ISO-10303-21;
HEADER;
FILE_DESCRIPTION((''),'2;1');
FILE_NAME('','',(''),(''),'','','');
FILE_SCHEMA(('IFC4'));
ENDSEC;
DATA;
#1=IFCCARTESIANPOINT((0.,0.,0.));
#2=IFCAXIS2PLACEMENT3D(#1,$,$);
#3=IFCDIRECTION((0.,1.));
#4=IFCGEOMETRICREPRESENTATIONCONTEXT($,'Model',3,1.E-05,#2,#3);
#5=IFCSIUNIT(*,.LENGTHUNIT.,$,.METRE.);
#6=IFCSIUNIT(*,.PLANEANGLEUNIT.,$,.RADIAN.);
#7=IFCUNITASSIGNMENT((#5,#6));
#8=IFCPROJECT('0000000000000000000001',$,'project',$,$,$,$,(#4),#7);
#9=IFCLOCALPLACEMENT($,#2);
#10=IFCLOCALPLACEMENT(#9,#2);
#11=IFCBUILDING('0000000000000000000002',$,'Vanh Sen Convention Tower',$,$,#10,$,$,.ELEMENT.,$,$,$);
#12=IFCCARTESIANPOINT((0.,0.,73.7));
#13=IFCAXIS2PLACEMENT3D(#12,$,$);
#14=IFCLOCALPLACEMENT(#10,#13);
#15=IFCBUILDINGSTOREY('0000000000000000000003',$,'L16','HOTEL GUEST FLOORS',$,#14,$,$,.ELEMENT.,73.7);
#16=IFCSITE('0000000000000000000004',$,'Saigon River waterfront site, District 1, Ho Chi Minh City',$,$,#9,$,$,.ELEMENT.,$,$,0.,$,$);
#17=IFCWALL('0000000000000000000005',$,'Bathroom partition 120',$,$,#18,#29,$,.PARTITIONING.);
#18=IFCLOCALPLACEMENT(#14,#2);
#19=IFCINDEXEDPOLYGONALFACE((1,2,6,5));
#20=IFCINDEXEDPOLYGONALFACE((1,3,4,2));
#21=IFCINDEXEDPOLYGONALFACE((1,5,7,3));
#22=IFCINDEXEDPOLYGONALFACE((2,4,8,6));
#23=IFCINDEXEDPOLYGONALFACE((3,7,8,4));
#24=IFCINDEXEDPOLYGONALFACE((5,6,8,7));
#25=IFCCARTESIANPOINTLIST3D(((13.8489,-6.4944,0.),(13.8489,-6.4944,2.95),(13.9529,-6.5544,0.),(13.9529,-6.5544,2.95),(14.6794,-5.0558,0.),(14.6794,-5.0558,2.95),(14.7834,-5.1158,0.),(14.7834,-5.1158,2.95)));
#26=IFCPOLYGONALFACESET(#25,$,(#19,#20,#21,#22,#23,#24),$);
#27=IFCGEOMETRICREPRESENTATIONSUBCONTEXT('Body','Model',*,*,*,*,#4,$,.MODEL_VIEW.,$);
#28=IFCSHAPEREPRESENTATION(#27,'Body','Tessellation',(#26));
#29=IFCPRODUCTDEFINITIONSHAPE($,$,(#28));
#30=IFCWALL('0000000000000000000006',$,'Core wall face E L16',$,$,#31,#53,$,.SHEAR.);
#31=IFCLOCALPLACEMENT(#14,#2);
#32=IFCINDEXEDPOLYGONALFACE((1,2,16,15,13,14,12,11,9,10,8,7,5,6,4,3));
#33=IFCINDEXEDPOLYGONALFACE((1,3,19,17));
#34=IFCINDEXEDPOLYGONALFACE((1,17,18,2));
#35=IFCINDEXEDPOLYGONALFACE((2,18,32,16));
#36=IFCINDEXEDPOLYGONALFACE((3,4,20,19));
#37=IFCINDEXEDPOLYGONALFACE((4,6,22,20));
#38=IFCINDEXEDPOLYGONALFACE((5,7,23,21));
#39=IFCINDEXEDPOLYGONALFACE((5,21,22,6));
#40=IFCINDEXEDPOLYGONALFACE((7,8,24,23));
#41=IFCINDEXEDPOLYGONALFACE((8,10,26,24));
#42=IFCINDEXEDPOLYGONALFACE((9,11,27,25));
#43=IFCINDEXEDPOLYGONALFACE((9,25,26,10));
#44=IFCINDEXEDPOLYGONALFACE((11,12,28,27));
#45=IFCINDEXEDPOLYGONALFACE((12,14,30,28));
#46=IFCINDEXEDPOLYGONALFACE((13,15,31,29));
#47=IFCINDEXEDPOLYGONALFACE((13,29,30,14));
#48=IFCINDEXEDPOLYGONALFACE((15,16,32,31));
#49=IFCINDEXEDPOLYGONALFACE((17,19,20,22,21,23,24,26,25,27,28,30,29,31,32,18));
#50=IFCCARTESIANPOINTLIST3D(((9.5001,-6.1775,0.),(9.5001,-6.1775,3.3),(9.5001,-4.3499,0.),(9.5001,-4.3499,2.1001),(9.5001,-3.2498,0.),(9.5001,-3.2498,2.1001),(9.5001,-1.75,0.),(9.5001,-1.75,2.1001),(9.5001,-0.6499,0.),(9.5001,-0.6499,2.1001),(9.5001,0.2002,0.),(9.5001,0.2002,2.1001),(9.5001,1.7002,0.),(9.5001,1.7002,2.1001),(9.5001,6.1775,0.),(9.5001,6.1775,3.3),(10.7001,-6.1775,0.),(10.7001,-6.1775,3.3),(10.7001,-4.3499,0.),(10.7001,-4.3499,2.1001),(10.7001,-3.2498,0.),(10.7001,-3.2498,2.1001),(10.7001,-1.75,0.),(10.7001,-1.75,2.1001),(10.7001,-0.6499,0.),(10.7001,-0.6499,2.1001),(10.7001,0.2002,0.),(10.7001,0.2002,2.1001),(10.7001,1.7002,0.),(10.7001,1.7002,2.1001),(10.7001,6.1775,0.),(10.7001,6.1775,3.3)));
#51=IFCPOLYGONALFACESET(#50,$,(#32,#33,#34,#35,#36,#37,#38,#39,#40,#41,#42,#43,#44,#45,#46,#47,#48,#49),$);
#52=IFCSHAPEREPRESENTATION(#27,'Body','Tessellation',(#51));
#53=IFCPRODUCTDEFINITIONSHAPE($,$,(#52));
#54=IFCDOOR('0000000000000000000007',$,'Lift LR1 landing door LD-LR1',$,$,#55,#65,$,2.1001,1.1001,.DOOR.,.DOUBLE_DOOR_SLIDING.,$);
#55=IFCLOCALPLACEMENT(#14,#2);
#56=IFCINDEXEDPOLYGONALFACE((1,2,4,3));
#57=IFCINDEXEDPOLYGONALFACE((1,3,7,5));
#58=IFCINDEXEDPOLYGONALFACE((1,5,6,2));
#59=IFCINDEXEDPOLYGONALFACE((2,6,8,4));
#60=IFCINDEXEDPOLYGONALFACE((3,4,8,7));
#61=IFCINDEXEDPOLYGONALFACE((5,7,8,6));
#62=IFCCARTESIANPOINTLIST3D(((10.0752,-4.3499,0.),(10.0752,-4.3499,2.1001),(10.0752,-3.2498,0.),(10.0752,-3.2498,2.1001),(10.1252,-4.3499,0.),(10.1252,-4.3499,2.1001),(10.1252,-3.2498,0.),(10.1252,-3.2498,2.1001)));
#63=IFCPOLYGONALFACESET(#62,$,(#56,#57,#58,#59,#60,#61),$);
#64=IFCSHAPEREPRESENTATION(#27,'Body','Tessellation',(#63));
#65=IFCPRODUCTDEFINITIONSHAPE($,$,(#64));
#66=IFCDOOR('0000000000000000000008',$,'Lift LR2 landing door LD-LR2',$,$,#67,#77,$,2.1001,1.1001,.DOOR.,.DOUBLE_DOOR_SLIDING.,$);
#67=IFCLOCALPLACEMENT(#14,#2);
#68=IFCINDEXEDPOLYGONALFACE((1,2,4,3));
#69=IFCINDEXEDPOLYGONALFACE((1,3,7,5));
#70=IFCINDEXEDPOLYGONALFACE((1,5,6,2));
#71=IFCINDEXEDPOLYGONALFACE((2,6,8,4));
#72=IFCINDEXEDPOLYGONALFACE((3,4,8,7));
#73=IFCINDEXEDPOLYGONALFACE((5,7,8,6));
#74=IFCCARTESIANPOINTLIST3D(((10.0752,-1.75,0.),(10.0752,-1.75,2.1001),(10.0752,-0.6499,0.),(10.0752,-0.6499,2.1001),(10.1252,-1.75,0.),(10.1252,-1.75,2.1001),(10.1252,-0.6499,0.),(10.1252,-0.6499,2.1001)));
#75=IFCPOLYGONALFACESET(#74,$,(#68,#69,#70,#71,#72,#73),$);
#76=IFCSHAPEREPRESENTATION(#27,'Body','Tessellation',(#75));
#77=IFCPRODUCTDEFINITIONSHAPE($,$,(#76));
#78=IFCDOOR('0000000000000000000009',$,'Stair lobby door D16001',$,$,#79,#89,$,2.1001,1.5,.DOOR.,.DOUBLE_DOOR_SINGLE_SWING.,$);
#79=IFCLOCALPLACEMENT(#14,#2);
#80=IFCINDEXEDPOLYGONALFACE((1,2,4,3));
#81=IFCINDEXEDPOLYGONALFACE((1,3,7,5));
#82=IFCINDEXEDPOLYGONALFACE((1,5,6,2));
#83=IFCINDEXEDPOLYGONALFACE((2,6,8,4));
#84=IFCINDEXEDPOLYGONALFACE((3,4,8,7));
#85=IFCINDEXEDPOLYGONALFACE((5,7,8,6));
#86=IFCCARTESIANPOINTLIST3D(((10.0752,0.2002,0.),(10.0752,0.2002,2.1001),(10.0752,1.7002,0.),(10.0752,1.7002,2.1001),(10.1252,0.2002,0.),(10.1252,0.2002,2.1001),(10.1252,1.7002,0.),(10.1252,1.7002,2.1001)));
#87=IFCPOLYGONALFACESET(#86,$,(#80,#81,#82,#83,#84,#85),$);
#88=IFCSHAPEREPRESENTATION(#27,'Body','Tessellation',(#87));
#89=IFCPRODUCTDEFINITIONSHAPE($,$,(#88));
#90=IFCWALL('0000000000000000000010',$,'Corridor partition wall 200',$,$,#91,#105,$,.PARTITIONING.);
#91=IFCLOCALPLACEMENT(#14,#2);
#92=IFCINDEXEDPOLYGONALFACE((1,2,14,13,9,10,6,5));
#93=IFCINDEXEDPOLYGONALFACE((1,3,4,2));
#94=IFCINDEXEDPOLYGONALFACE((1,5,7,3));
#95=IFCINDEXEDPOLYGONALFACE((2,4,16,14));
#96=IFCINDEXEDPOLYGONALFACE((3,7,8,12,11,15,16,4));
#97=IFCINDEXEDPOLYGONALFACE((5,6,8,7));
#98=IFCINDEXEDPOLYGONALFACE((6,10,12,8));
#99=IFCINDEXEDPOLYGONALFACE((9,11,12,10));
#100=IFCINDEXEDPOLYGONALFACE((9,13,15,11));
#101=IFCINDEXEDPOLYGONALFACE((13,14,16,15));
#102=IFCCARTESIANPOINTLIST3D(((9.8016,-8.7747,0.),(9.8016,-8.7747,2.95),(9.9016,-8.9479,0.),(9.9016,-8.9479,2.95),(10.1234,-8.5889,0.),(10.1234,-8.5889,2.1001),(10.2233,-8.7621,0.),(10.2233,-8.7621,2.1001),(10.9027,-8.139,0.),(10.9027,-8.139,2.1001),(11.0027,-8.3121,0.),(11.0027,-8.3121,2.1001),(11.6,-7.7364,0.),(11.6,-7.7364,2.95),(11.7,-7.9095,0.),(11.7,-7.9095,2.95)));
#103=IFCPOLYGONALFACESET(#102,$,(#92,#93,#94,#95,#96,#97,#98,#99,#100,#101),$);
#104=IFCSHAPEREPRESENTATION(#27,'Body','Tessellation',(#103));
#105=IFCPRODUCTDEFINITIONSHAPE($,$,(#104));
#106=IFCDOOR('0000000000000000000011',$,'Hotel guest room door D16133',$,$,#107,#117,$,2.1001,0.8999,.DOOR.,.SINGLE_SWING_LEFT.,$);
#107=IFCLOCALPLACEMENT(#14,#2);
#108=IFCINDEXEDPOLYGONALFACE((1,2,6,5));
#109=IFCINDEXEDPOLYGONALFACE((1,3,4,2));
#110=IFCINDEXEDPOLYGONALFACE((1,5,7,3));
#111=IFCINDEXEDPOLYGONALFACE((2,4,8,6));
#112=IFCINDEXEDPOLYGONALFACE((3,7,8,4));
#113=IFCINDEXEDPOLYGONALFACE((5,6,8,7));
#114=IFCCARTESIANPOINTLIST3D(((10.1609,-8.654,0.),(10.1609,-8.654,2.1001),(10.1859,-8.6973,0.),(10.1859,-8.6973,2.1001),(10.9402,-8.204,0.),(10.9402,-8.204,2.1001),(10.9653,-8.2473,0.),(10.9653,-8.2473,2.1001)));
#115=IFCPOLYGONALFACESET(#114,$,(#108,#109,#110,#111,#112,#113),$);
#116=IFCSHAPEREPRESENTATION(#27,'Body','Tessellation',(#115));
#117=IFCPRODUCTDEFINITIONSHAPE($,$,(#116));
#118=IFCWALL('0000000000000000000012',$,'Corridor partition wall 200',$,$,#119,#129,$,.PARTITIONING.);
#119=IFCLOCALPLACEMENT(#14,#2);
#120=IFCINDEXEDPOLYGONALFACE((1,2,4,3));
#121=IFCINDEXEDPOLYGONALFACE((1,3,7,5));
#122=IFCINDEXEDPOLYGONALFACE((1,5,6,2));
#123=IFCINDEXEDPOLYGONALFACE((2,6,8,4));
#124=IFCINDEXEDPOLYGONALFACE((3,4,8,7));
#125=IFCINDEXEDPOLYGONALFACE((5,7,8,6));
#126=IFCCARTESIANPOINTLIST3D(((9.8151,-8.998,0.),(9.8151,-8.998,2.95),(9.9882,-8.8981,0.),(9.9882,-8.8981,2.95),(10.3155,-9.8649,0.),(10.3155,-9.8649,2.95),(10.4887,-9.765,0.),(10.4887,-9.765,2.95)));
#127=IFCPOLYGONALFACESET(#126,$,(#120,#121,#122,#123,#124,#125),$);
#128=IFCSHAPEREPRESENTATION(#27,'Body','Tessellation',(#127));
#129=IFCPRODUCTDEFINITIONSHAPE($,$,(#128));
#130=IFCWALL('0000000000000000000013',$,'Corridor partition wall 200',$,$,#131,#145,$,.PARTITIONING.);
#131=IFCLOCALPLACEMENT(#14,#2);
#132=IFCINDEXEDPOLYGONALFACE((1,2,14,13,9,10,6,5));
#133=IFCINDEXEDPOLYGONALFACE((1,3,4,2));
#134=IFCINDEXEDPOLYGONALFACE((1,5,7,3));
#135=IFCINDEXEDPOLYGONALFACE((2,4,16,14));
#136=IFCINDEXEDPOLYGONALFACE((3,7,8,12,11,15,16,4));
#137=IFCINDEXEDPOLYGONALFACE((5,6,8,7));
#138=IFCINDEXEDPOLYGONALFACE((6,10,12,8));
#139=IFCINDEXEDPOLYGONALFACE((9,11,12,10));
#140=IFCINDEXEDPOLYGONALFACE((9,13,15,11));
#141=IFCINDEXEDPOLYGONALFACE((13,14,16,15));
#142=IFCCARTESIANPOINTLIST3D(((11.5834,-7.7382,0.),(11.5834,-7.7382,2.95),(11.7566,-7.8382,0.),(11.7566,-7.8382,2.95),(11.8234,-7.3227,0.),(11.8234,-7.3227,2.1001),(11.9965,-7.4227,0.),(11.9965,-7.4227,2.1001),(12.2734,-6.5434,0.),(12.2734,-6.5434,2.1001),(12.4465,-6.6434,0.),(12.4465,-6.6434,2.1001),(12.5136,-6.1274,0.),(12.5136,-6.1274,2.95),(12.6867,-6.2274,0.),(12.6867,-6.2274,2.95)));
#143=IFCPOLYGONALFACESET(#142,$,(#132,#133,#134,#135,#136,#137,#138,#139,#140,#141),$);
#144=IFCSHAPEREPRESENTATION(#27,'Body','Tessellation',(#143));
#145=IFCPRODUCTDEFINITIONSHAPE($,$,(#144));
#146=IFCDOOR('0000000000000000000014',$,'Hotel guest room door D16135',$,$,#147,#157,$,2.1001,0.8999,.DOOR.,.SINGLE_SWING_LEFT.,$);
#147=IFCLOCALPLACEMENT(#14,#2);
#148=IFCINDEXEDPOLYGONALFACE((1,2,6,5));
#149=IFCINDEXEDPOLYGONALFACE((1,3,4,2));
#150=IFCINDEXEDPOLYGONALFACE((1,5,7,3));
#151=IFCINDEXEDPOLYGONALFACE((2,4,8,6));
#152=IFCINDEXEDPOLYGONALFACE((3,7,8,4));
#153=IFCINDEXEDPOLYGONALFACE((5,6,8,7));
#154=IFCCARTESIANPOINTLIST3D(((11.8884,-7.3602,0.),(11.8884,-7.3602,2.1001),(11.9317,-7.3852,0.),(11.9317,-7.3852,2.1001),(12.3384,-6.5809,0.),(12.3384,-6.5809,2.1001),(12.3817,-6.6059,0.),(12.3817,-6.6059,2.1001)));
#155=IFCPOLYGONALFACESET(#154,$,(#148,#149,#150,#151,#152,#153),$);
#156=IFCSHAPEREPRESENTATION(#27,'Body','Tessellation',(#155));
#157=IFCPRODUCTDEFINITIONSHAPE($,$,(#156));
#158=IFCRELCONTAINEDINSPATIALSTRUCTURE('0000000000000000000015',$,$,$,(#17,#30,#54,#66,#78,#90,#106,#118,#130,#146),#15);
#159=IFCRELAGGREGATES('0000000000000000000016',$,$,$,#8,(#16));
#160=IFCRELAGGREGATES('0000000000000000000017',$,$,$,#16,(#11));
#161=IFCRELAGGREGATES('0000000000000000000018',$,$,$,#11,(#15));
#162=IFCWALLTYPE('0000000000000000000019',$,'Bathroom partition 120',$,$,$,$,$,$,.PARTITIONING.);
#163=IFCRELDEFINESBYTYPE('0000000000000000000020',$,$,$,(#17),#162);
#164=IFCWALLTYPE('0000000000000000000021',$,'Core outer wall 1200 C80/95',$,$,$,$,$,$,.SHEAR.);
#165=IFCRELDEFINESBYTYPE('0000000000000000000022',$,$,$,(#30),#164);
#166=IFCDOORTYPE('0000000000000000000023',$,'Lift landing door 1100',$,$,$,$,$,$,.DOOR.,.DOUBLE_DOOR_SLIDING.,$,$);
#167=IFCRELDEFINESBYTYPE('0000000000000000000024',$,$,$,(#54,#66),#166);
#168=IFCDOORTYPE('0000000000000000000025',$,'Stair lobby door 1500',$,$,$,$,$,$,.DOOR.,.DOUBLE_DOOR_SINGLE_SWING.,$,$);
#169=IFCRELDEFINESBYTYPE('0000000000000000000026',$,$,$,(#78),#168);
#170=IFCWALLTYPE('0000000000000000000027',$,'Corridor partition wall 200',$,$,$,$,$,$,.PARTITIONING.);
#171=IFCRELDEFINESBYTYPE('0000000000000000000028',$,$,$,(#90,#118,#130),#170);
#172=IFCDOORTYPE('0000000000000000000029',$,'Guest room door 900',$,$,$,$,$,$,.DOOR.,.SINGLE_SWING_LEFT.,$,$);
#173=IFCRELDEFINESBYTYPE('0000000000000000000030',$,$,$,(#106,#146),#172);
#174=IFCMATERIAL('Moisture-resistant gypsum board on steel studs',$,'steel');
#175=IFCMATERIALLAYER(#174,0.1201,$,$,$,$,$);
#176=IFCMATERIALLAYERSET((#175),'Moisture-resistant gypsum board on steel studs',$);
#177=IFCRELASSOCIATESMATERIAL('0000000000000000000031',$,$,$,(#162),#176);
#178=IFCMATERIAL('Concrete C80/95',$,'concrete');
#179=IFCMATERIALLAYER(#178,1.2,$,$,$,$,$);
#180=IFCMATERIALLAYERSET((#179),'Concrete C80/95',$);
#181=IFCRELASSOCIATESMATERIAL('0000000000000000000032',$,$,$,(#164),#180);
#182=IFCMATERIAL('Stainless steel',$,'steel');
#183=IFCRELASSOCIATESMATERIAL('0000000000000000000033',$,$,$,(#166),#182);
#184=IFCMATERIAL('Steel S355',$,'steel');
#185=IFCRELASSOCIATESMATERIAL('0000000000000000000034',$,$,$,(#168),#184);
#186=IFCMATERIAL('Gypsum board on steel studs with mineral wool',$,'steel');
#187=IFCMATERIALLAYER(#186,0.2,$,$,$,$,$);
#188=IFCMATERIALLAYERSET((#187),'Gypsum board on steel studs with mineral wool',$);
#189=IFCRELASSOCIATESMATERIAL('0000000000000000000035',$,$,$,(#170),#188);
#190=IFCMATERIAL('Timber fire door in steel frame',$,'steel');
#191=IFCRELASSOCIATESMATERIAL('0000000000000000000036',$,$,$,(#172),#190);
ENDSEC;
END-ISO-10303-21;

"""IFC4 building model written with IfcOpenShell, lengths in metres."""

from ifc_helpers import new_model, si_unit, direction, frame, frame_2d, origin, place, context, subcontext, project, spatial, rectangle, extrude, material, layer, layer_set, type_object, element, fill, save


model = new_model("IFC4")

# Units and contexts
model_context = context("Model", 3, precision=1e-05, world=origin(), true_north=direction((0.0, 1.0)))
body_context = subcontext(model_context, "Body", "Model", "MODEL_VIEW")
ifc_project = project(units=[si_unit("LENGTHUNIT", "METRE"), si_unit("PLANEANGLEUNIT", "RADIAN")], contexts=[model_context])

# Site, building, storey
site_placement = place(None, origin())
site = spatial("IfcSite", under=ifc_project, at=site_placement, Name="Saigon River waterfront site, District 1, Ho Chi Minh City", CompositionType="ELEMENT", RefElevation=0.0)
building_placement = place(site_placement, origin())
building = spatial("IfcBuilding", under=site, at=building_placement, Name="Vanh Sen Convention Tower", CompositionType="ELEMENT")
storey_placement = place(building_placement, frame((0.0, 0.0, 73.7)))
storey = spatial("IfcBuildingStorey", under=building, at=storey_placement, Name="L16", Description="HOTEL GUEST FLOORS", CompositionType="ELEMENT", Elevation=73.7)

# Wall
ifc_material_1 = material(Name="Moisture-resistant gypsum board on steel studs", Category="steel")
ifc_layer_1 = layer(ifc_material_1, 0.1201)
ifc_layer_set_1 = layer_set([ifc_layer_1], Name="Moisture-resistant gypsum board on steel studs")
wall_type_1 = type_object("IfcWallType", Name="Bathroom partition 120", PredefinedType="PARTITIONING", material=ifc_layer_set_1)
wall_1_placement = place(storey_placement, frame((13.9009, -6.5244, 0.0), z_axis=(0.0, 0.0, 1.0), x_axis=(0.499964, 0.866046, 0.0)))
element("IfcWall", 1, at=wall_1_placement, inside=storey, type_object=wall_type_1, Name="Bathroom partition 120", PredefinedType="PARTITIONING", context=body_context, shape_type="SweptSolid", body=[
    extrude(rectangle(XDim=1.6611, YDim=0.1201, at=frame_2d((0.8306, 0.0))), origin(), (0.0, 0.0, 1.0), 2.95),
])

# Wall, openings, doors
ifc_material_2 = material(Name="Concrete C80/95", Category="concrete")
ifc_layer_2 = layer(ifc_material_2, 1.2)
ifc_layer_set_2 = layer_set([ifc_layer_2], Name="Concrete C80/95")
wall_type_2 = type_object("IfcWallType", Name="Core outer wall 1200 C80/95", PredefinedType="SHEAR", material=ifc_layer_set_2)
wall_2_placement = place(storey_placement, frame((10.1001, -6.1775, 0.0), z_axis=(0.0, 0.0, 1.0), x_axis=(0.0, 1.0, 0.0)))
wall_2 = element("IfcWall", 2, at=wall_2_placement, inside=storey, type_object=wall_type_2, Name="Core wall face E L16", PredefinedType="SHEAR", context=body_context, shape_type="SweptSolid", body=[
    extrude(rectangle(XDim=12.355, YDim=1.2, at=frame_2d((6.1775, 0.0))), origin(), (0.0, 0.0, 1.0), 3.3),
])
opening_1_placement = place(wall_2_placement, frame((6.3777, 0.0, 0.0)))
opening_1 = element("IfcOpeningElement", 3, at=opening_1_placement, cuts=wall_2, PredefinedType="OPENING", context=body_context, shape_type="SweptSolid", body=[
    extrude(rectangle(XDim=1.5, YDim=2.1001, at=frame_2d((0.75, 1.05))), frame((0.0, 0.6099, 0.0), z_axis=(0.0, -1.0, 0.0), x_axis=(1.0, 0.0, 0.0)), (0.0, 0.0, 1.0), 1.22),
])
opening_2_placement = place(wall_2_placement, frame((1.8276, 0.0, 0.0)))
opening_2 = element("IfcOpeningElement", 4, at=opening_2_placement, cuts=wall_2, PredefinedType="OPENING", context=body_context, shape_type="SweptSolid", body=[
    extrude(rectangle(XDim=1.1001, YDim=2.1001, at=frame_2d((0.55, 1.05))), frame((0.0, 0.6099, 0.0), z_axis=(0.0, -1.0, 0.0), x_axis=(1.0, 0.0, 0.0)), (0.0, 0.0, 1.0), 1.22),
])
opening_3_placement = place(wall_2_placement, frame((4.4275, 0.0, 0.0)))
opening_3 = element("IfcOpeningElement", 5, at=opening_3_placement, cuts=wall_2, PredefinedType="OPENING", context=body_context, shape_type="SweptSolid", body=[
    extrude(rectangle(XDim=1.1001, YDim=2.1001, at=frame_2d((0.55, 1.05))), frame((0.0, 0.6099, 0.0), z_axis=(0.0, -1.0, 0.0), x_axis=(1.0, 0.0, 0.0)), (0.0, 0.0, 1.0), 1.22),
])
ifc_material_3 = material(Name="Stainless steel", Category="steel")
door_type_1 = type_object("IfcDoorType", Name="Lift landing door 1100", OperationType="DOUBLE_DOOR_SLIDING", PredefinedType="DOOR", material=ifc_material_3)
door_1_placement = place(opening_2_placement, origin())
door_1 = element("IfcDoor", 6, at=door_1_placement, inside=storey, type_object=door_type_1, Name="Lift LR1 landing door LD-LR1", OperationType="DOUBLE_DOOR_SLIDING", OverallHeight=2.1001, OverallWidth=1.1001, PredefinedType="DOOR", context=body_context, shape_type="SweptSolid", body=[
    extrude(rectangle(XDim=1.1001, YDim=2.1001, at=frame_2d((0.55, 1.05))), frame((0.0, 0.0249, 0.0), z_axis=(0.0, -1.0, 0.0), x_axis=(1.0, 0.0, 0.0)), (0.0, 0.0, 1.0), 0.05),
])
fill(opening_2, door_1)
door_2_placement = place(opening_3_placement, origin())
door_2 = element("IfcDoor", 7, at=door_2_placement, inside=storey, type_object=door_type_1, Name="Lift LR2 landing door LD-LR2", OperationType="DOUBLE_DOOR_SLIDING", OverallHeight=2.1001, OverallWidth=1.1001, PredefinedType="DOOR", context=body_context, shape_type="SweptSolid", body=[
    extrude(rectangle(XDim=1.1001, YDim=2.1001, at=frame_2d((0.55, 1.05))), frame((0.0, 0.0249, 0.0), z_axis=(0.0, -1.0, 0.0), x_axis=(1.0, 0.0, 0.0)), (0.0, 0.0, 1.0), 0.05),
])
fill(opening_3, door_2)
ifc_material_4 = material(Name="Steel S355", Category="steel")
door_type_2 = type_object("IfcDoorType", Name="Stair lobby door 1500", OperationType="DOUBLE_DOOR_SINGLE_SWING", PredefinedType="DOOR", material=ifc_material_4)
door_3_placement = place(opening_1_placement, origin())
door_3 = element("IfcDoor", 8, at=door_3_placement, inside=storey, type_object=door_type_2, Name="Stair lobby door D16001", OperationType="DOUBLE_DOOR_SINGLE_SWING", OverallHeight=2.1001, OverallWidth=1.5, PredefinedType="DOOR", context=body_context, shape_type="SweptSolid", body=[
    extrude(rectangle(XDim=1.5, YDim=2.1001, at=frame_2d((0.75, 1.05))), frame((0.0, 0.0249, 0.0), z_axis=(0.0, -1.0, 0.0), x_axis=(1.0, 0.0, 0.0)), (0.0, 0.0, 1.0), 0.05),
])
fill(opening_1, door_3)

# Wall, opening, door
ifc_material_5 = material(Name="Gypsum board on steel studs with mineral wool", Category="steel")
ifc_layer_3 = layer(ifc_material_5, 0.2)
ifc_layer_set_3 = layer_set([ifc_layer_3], Name="Gypsum board on steel studs with mineral wool")
wall_type_3 = type_object("IfcWallType", Name="Corridor partition wall 200", PredefinedType="PARTITIONING", material=ifc_layer_set_3)
wall_3_placement = place(storey_placement, frame((9.8516, -8.8613, 0.0), z_axis=(0.0, 0.0, 1.0), x_axis=(0.866013, 0.500021, 0.0)))
wall_3 = element("IfcWall", 9, at=wall_3_placement, inside=storey, type_object=wall_type_3, Name="Corridor partition wall 200", PredefinedType="PARTITIONING", context=body_context, shape_type="SweptSolid", body=[
    extrude(rectangle(XDim=2.0767, YDim=0.2, at=frame_2d((1.0383, 0.0))), origin(), (0.0, 0.0, 1.0), 2.95),
])
opening_4_placement = place(wall_3_placement, frame((0.3716, 0.0, 0.0)))
opening_4 = element("IfcOpeningElement", 10, at=opening_4_placement, cuts=wall_3, PredefinedType="OPENING", context=body_context, shape_type="SweptSolid", body=[
    extrude(rectangle(XDim=0.8999, YDim=2.1001, at=frame_2d((0.45, 1.05))), frame((0.0, 0.1099, 0.0), z_axis=(0.0, -1.0, 0.0), x_axis=(1.0, 0.0, 0.0)), (0.0, 0.0, 1.0), 0.22),
])
ifc_material_6 = material(Name="Timber fire door in steel frame", Category="steel")
door_type_3 = type_object("IfcDoorType", Name="Guest room door 900", OperationType="SINGLE_SWING_LEFT", PredefinedType="DOOR", material=ifc_material_6)
door_4_placement = place(opening_4_placement, origin())
door_4 = element("IfcDoor", 11, at=door_4_placement, inside=storey, type_object=door_type_3, Name="Hotel guest room door D16133", OperationType="SINGLE_SWING_LEFT", OverallHeight=2.1001, OverallWidth=0.8999, PredefinedType="DOOR", context=body_context, shape_type="SweptSolid", body=[
    extrude(rectangle(XDim=0.8999, YDim=2.1001, at=frame_2d((0.45, 1.05))), frame((0.0, 0.0249, 0.0), z_axis=(0.0, -1.0, 0.0), x_axis=(1.0, 0.0, 0.0)), (0.0, 0.0, 1.0), 0.05),
])
fill(opening_4, door_4)

# Wall
wall_4_placement = place(storey_placement, frame((10.4021, -9.8149, 0.0), z_axis=(0.0, 0.0, 1.0), x_axis=(-0.499969, 0.866043, 0.0)))
element("IfcWall", 12, at=wall_4_placement, inside=storey, type_object=wall_type_3, Name="Corridor partition wall 200", PredefinedType="PARTITIONING", context=body_context, shape_type="SweptSolid", body=[
    extrude(rectangle(XDim=1.001, YDim=0.2, at=frame_2d((0.5005, 0.0))), origin(), (0.0, 0.0, 1.0), 2.95),
])

# Wall, opening, door
wall_5_placement = place(storey_placement, frame((11.6699, -7.7883, 0.0), z_axis=(0.0, 0.0, 1.0), x_axis=(0.500063, 0.865989, 0.0)))
wall_5 = element("IfcWall", 13, at=wall_5_placement, inside=storey, type_object=wall_type_3, Name="Corridor partition wall 200", PredefinedType="PARTITIONING", context=body_context, shape_type="SweptSolid", body=[
    extrude(rectangle(XDim=1.8601, YDim=0.2, at=frame_2d((0.9302, 0.0))), origin(), (0.0, 0.0, 1.0), 2.95),
])
opening_5_placement = place(wall_5_placement, frame((0.48, 0.0, 0.0)))
opening_5 = element("IfcOpeningElement", 14, at=opening_5_placement, cuts=wall_5, PredefinedType="OPENING", context=body_context, shape_type="SweptSolid", body=[
    extrude(rectangle(XDim=0.8999, YDim=2.1001, at=frame_2d((0.45, 1.05))), frame((0.0, 0.1099, 0.0), z_axis=(0.0, -1.0, 0.0), x_axis=(1.0, 0.0, 0.0)), (0.0, 0.0, 1.0), 0.22),
])
door_5_placement = place(opening_5_placement, origin())
door_5 = element("IfcDoor", 15, at=door_5_placement, inside=storey, type_object=door_type_3, Name="Hotel guest room door D16135", OperationType="SINGLE_SWING_LEFT", OverallHeight=2.1001, OverallWidth=0.8999, PredefinedType="DOOR", context=body_context, shape_type="SweptSolid", body=[
    extrude(rectangle(XDim=0.8999, YDim=2.1001, at=frame_2d((0.45, 1.05))), frame((0.0, 0.0249, 0.0), z_axis=(0.0, -1.0, 0.0), x_axis=(1.0, 0.0, 0.0)), (0.0, 0.0, 1.0), 0.05),
])
fill(opening_5, door_5)

save(model, "model.ifc")
